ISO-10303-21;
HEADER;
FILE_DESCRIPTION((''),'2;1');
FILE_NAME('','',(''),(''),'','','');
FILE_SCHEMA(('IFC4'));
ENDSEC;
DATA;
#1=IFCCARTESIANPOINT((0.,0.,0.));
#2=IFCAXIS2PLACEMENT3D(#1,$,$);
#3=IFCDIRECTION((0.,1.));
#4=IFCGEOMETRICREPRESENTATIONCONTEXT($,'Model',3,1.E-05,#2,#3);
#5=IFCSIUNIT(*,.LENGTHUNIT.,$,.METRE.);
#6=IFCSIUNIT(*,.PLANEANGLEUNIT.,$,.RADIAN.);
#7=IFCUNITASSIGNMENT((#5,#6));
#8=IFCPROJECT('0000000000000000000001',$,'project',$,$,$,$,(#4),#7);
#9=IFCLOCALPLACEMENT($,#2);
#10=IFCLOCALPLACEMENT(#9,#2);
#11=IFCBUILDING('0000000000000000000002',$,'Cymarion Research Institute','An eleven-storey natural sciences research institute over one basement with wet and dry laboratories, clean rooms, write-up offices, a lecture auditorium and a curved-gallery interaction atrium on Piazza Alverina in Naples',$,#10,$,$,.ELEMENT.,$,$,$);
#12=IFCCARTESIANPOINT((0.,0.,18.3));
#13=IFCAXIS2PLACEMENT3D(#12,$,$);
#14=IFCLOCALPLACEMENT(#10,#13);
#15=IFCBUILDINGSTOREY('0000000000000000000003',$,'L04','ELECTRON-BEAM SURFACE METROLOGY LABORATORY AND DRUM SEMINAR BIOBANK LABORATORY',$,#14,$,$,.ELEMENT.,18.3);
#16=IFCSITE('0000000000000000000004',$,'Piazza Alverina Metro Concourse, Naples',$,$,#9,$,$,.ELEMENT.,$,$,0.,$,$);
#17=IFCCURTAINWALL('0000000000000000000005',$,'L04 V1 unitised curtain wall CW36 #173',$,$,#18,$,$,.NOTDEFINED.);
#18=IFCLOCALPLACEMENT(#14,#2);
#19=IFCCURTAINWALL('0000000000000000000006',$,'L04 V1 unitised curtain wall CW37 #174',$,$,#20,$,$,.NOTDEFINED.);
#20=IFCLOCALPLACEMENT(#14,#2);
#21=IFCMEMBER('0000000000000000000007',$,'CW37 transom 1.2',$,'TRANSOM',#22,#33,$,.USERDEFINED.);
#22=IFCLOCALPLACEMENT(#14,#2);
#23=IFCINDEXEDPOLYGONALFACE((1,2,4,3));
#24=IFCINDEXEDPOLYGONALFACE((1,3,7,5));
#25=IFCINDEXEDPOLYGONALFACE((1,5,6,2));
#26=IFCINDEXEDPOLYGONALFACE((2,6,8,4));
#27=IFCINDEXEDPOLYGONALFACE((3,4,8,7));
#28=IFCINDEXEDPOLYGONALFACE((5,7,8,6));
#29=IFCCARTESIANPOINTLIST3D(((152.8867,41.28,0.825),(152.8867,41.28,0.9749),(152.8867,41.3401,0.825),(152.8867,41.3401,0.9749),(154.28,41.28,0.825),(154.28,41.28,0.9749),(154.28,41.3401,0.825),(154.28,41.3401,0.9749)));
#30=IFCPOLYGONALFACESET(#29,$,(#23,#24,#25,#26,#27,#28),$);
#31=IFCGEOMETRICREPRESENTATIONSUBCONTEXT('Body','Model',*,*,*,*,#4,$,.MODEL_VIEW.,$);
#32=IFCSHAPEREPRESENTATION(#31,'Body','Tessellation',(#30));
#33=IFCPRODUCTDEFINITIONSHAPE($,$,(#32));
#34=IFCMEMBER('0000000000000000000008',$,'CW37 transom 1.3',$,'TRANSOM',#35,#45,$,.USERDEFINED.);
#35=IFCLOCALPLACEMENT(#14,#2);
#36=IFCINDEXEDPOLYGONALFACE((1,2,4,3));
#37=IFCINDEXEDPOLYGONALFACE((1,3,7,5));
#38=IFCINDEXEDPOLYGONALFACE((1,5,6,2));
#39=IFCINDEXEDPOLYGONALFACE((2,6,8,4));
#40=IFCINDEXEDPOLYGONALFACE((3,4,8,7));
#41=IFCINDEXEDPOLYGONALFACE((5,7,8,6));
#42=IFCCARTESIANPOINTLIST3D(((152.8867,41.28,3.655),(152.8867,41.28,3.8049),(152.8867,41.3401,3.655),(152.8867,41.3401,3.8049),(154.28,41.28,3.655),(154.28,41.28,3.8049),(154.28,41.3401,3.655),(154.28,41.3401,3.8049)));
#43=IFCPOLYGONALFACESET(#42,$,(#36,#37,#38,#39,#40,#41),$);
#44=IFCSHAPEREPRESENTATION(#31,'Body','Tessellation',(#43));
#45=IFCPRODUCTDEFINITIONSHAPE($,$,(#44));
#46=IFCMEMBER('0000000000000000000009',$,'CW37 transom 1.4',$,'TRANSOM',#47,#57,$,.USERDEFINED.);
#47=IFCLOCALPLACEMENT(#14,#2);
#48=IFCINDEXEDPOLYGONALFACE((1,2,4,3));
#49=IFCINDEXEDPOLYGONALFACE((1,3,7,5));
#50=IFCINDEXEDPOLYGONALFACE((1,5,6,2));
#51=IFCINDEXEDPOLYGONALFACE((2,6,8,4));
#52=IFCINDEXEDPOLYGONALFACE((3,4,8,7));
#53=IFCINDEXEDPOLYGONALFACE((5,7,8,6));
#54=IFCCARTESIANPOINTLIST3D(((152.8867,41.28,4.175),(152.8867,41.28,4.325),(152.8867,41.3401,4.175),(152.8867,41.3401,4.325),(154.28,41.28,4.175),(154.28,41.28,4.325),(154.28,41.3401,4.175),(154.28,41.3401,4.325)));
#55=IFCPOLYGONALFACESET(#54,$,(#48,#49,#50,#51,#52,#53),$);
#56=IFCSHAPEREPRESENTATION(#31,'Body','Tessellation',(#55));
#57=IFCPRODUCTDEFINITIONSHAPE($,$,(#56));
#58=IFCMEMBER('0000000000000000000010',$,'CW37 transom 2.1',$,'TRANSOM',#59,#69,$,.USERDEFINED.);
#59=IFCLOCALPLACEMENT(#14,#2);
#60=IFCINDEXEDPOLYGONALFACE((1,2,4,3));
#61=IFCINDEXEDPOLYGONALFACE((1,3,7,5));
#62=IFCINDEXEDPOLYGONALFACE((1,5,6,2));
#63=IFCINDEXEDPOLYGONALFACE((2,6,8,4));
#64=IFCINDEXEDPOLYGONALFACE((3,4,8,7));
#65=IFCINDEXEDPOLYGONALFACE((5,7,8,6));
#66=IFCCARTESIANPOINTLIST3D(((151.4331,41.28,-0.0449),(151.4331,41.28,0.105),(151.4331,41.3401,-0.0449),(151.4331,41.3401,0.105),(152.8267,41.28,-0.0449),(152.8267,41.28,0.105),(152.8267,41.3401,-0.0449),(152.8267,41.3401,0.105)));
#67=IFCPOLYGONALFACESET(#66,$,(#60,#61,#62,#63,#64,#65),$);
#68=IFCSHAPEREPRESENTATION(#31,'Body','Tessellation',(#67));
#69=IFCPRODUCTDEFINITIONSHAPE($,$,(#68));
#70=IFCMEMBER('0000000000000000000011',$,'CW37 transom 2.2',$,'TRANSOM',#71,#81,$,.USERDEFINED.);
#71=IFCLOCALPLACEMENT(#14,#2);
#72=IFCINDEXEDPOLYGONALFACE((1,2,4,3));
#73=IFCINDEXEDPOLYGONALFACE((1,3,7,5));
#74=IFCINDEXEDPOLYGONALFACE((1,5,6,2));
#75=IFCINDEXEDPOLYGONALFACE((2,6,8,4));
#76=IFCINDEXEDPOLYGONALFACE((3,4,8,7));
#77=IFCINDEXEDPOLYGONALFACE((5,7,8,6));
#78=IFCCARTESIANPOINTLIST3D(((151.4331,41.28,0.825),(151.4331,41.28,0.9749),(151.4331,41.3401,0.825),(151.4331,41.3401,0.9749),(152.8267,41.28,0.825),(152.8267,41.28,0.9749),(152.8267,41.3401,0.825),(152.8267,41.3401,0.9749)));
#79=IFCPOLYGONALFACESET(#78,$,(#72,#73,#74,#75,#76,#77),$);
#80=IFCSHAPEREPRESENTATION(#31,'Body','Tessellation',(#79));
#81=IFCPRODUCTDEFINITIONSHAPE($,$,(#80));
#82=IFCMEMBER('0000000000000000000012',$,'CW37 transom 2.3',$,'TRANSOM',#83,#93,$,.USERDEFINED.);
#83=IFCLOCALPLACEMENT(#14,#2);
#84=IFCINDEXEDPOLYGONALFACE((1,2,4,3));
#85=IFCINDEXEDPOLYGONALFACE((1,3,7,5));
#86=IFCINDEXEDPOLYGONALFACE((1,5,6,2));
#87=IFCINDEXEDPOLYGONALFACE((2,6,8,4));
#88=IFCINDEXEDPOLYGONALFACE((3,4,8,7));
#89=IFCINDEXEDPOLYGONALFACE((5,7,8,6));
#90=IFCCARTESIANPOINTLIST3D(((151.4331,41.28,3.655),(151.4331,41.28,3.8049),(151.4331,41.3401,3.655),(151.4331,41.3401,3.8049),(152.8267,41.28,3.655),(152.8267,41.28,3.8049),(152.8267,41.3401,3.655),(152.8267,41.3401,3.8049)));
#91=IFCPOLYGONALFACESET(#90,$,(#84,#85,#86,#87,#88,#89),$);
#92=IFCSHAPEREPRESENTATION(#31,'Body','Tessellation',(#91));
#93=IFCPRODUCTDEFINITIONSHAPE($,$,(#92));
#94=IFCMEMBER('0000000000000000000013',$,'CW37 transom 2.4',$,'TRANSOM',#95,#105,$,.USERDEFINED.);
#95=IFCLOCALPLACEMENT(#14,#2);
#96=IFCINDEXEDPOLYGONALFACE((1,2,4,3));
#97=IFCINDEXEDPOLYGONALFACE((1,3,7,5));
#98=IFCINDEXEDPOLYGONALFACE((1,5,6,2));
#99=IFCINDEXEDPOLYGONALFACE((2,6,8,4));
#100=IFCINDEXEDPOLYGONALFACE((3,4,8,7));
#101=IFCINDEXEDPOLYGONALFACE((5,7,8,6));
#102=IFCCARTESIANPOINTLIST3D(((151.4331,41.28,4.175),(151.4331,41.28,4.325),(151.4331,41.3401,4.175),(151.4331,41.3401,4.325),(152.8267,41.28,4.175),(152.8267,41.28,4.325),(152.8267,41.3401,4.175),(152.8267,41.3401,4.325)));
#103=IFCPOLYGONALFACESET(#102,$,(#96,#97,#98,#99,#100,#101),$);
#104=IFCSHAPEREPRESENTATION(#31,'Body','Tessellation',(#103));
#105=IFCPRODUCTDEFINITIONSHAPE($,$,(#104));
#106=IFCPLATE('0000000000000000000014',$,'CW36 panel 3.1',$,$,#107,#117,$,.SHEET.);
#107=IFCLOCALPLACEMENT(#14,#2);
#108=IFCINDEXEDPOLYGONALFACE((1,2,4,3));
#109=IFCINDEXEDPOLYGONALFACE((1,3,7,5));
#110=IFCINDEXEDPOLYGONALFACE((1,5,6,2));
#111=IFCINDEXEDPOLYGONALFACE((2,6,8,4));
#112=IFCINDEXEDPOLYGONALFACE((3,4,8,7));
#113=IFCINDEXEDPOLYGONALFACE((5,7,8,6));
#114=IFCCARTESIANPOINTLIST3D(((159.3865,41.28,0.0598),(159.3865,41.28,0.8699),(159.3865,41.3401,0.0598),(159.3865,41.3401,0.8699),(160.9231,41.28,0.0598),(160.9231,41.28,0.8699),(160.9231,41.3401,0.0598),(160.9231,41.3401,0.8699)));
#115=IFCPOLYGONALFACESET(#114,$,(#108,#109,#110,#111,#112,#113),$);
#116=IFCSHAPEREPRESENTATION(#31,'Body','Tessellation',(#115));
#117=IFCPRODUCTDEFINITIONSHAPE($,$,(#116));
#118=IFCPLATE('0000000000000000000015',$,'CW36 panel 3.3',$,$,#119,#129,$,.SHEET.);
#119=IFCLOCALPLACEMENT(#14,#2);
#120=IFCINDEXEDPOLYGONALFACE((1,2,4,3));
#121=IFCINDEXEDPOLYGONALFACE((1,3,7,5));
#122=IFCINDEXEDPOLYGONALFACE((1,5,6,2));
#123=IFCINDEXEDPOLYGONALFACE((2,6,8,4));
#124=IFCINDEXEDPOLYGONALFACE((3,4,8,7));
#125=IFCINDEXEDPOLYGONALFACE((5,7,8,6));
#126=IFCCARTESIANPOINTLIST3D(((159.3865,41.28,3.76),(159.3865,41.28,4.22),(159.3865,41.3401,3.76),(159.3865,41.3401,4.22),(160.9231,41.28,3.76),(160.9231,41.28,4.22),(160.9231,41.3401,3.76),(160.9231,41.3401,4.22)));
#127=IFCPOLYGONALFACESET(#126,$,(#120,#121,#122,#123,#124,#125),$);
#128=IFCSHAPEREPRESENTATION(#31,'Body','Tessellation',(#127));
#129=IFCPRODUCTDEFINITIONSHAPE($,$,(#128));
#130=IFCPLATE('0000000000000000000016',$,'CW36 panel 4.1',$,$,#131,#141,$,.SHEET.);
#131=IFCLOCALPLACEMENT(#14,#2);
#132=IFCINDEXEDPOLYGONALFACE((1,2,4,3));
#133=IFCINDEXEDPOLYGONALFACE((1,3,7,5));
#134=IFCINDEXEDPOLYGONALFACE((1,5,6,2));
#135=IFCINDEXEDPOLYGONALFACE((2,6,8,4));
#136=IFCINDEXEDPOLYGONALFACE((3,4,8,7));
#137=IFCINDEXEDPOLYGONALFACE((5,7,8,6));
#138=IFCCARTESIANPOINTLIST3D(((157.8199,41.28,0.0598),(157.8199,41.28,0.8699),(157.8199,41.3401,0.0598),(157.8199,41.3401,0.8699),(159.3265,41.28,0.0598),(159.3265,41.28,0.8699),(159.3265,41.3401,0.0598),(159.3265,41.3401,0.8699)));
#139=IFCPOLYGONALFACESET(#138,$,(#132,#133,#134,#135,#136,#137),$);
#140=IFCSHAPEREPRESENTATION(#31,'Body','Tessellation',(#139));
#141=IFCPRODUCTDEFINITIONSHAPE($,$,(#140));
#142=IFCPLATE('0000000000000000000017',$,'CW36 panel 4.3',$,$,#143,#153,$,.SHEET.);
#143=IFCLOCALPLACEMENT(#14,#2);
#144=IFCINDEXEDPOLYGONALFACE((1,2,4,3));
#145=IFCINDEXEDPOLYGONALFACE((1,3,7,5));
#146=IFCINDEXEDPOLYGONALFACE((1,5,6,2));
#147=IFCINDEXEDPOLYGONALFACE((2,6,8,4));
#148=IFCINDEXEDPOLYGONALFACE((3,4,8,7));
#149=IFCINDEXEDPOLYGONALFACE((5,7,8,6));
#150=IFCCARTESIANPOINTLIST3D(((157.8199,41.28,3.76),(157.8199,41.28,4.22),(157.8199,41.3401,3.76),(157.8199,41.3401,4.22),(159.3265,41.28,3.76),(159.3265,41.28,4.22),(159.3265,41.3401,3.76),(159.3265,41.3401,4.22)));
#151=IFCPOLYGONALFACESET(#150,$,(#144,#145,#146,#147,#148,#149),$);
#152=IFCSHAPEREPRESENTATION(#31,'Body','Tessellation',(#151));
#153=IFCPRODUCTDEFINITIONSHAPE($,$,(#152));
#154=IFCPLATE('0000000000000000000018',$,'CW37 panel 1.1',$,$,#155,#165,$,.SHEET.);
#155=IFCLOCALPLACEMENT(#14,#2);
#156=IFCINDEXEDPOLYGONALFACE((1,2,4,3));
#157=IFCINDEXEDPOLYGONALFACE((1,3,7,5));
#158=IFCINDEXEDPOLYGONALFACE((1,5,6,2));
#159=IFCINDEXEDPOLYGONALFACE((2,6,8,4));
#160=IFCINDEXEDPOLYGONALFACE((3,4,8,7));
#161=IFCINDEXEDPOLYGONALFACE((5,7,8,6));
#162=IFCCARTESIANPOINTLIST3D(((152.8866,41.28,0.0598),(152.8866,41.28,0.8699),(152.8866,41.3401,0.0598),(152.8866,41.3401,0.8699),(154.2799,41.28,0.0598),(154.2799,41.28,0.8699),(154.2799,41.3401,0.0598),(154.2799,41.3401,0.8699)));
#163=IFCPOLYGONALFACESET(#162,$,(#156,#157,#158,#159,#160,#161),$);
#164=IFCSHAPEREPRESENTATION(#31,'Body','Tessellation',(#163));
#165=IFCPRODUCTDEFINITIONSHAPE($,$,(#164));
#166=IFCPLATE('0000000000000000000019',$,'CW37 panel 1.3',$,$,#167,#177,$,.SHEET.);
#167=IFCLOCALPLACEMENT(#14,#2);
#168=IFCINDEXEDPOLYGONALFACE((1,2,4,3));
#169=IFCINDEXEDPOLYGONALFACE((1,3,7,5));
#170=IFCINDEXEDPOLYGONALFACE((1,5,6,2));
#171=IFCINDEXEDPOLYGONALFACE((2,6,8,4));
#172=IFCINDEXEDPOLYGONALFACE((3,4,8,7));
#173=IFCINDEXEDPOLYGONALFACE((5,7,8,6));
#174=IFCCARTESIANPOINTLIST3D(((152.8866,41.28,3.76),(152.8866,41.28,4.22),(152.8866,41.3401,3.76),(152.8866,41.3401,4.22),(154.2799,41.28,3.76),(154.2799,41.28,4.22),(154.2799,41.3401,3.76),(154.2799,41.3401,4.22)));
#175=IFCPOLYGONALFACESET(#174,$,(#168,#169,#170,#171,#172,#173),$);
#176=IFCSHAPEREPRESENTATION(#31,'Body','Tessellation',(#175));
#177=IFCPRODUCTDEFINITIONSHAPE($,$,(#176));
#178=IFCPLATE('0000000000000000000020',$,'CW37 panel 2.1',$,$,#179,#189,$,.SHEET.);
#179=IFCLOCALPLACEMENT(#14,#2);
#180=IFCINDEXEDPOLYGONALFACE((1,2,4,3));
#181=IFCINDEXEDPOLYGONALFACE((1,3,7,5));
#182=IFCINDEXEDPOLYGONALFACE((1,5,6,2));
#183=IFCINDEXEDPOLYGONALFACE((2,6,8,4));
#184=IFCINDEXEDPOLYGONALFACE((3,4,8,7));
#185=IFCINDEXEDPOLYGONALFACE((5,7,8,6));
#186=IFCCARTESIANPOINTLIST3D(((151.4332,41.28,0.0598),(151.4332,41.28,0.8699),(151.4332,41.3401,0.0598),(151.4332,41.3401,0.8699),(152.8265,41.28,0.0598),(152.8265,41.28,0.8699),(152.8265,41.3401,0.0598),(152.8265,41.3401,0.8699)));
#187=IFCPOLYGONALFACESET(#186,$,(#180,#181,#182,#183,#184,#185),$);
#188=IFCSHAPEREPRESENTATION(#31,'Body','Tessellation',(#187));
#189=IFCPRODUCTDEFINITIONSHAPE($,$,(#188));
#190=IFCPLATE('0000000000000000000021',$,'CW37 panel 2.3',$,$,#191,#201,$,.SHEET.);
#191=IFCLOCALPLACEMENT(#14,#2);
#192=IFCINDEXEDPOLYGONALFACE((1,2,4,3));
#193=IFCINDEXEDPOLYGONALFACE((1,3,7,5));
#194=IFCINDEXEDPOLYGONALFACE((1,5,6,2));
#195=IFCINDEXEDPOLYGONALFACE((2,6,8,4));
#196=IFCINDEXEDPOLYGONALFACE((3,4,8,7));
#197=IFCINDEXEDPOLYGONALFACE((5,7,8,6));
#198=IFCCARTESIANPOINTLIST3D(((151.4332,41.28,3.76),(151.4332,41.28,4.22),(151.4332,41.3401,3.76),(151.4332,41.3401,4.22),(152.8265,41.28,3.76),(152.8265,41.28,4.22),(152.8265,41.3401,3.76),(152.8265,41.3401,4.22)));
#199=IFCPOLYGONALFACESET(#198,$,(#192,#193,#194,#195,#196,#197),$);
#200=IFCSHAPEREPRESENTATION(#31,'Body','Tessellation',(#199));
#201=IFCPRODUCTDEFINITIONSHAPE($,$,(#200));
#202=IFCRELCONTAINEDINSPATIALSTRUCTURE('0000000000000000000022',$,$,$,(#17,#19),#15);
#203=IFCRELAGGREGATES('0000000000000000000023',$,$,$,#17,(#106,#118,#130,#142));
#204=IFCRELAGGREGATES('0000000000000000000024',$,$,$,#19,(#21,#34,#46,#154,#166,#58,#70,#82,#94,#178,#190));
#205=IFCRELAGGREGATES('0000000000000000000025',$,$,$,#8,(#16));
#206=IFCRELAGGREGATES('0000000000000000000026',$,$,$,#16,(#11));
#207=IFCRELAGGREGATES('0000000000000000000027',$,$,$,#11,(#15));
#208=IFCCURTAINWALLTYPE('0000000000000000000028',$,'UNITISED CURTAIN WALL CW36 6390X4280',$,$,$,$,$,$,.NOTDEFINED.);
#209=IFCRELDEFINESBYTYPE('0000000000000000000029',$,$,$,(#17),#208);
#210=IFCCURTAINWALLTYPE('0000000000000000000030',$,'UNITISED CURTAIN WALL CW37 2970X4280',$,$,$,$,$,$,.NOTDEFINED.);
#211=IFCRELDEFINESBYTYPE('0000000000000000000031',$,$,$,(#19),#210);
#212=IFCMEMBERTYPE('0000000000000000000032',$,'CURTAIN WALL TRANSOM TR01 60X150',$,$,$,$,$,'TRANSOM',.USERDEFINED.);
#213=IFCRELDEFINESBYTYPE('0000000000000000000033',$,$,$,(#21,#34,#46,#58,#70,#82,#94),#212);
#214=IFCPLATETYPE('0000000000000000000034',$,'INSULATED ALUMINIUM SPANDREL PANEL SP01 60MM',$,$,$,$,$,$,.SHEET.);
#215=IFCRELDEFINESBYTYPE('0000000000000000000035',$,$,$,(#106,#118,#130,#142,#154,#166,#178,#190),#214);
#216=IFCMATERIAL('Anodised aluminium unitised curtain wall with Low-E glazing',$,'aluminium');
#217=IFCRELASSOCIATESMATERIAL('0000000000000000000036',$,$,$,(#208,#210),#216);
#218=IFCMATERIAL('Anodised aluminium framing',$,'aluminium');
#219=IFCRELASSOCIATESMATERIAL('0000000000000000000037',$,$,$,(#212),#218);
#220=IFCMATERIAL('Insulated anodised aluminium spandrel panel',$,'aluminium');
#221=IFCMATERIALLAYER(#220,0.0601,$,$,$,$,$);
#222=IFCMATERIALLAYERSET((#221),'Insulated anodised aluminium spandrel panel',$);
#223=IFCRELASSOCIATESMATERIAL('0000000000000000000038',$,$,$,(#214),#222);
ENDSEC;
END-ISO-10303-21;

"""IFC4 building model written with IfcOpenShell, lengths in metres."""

from ifc_helpers import new_model, si_unit, direction, frame, origin, origin_2d, place, context, subcontext, project, spatial, rectangle, extrude, material, layer, layer_set, material_profile, profile_set, type_object, element, aggregate, save


model = new_model("IFC4")

# Units and contexts
model_context = context("Model", 3, precision=1e-05, world=origin(), true_north=direction((0.0, 1.0)))
body_context = subcontext(model_context, "Body", "Model", "MODEL_VIEW")
ifc_project = project(units=[si_unit("LENGTHUNIT", "METRE"), si_unit("PLANEANGLEUNIT", "RADIAN")], contexts=[model_context])

# Site, building, storey
site_placement = place(None, origin())
site = spatial("IfcSite", under=ifc_project, at=site_placement, Name="Piazza Alverina Metro Concourse, Naples", CompositionType="ELEMENT", RefElevation=0.0)
building_placement = place(site_placement, origin())
building = spatial("IfcBuilding", under=site, at=building_placement, Name="Cymarion Research Institute", Description="An eleven-storey natural sciences research institute over one basement with wet and dry laboratories, clean rooms, write-up offices, a lecture auditorium and a curved-gallery interaction atrium on Piazza Alverina in Naples", CompositionType="ELEMENT")
storey_placement = place(building_placement, frame((0.0, 0.0, 18.3)))
storey = spatial("IfcBuildingStorey", under=building, at=storey_placement, Name="L04", Description="ELECTRON-BEAM SURFACE METROLOGY LABORATORY AND DRUM SEMINAR BIOBANK LABORATORY", CompositionType="ELEMENT", Elevation=18.3)

# Curtain walls
ifc_material_1 = material(Name="Anodised aluminium unitised curtain wall with Low-E glazing", Category="aluminium")
curtain_wall_type_1 = type_object("IfcCurtainWallType", Name="UNITISED CURTAIN WALL CW36 6390X4280", PredefinedType="NOTDEFINED", material=ifc_material_1)
curtain_wall_1_placement = place(storey_placement, origin())
curtain_wall_1 = element("IfcCurtainWall", 1, at=curtain_wall_1_placement, inside=storey, type_object=curtain_wall_type_1, Name="L04 V1 unitised curtain wall CW36 #173", PredefinedType="NOTDEFINED")
ifc_material_2 = material(Name="Anodised aluminium framing", Category="aluminium")
curtain_wall_type_2 = type_object("IfcCurtainWallType", Name="UNITISED CURTAIN WALL CW37 2970X4280", PredefinedType="NOTDEFINED", material=ifc_material_1)
curtain_wall_2_placement = place(storey_placement, origin())
curtain_wall_2 = element("IfcCurtainWall", 2, at=curtain_wall_2_placement, inside=storey, type_object=curtain_wall_type_2, Name="L04 V1 unitised curtain wall CW37 #174", PredefinedType="NOTDEFINED")

# Members
ifc_material_profile_1 = material_profile(ifc_material_2, rectangle(XDim=0.0601, YDim=0.1499, at=origin_2d()), Name="ALU TRANSOM 60x150")
ifc_profile_set_1 = profile_set([ifc_material_profile_1], Name="Anodised aluminium framing")
member_type_1 = type_object("IfcMemberType", Name="CURTAIN WALL TRANSOM TR01 60X150", ElementType="TRANSOM", PredefinedType="USERDEFINED", material=ifc_profile_set_1)
member_1_placement = place(storey_placement, frame((154.28, 41.3101, 0.8999), z_axis=(-1.0, 0.0, 0.0), x_axis=(0.0, -1.0, 0.0)))
member_1 = element("IfcMember", 3, at=member_1_placement, type_object=member_type_1, Name="CW37 transom 1.2", ObjectType="TRANSOM", PredefinedType="USERDEFINED", context=body_context, shape_type="SweptSolid", body=[
    extrude(rectangle(XDim=0.0601, YDim=0.1499, at=origin_2d()), origin(), (0.0, 0.0, 1.0), 1.3933),
])
member_2_placement = place(storey_placement, frame((154.28, 41.3101, 3.73), z_axis=(-1.0, 0.0, 0.0), x_axis=(0.0, -1.0, 0.0)))
member_2 = element("IfcMember", 4, at=member_2_placement, type_object=member_type_1, Name="CW37 transom 1.3", ObjectType="TRANSOM", PredefinedType="USERDEFINED", context=body_context, shape_type="SweptSolid", body=[
    extrude(rectangle(XDim=0.0601, YDim=0.1499, at=origin_2d()), origin(), (0.0, 0.0, 1.0), 1.3933),
])
member_3_placement = place(storey_placement, frame((154.28, 41.3101, 4.25), z_axis=(-1.0, 0.0, 0.0), x_axis=(0.0, -1.0, 0.0)))
member_3 = element("IfcMember", 5, at=member_3_placement, type_object=member_type_1, Name="CW37 transom 1.4", ObjectType="TRANSOM", PredefinedType="USERDEFINED", context=body_context, shape_type="SweptSolid", body=[
    extrude(rectangle(XDim=0.0601, YDim=0.1499, at=origin_2d()), origin(), (0.0, 0.0, 1.0), 1.3933),
])
member_4_placement = place(storey_placement, frame((152.8267, 41.3101, 0.03), z_axis=(-1.0, 0.0, 0.0), x_axis=(0.0, -1.0, 0.0)))
member_4 = element("IfcMember", 6, at=member_4_placement, type_object=member_type_1, Name="CW37 transom 2.1", ObjectType="TRANSOM", PredefinedType="USERDEFINED", context=body_context, shape_type="SweptSolid", body=[
    extrude(rectangle(XDim=0.0601, YDim=0.1499, at=origin_2d()), origin(), (0.0, 0.0, 1.0), 1.3936),
])
member_5_placement = place(storey_placement, frame((152.8267, 41.3101, 0.8999), z_axis=(-1.0, 0.0, 0.0), x_axis=(0.0, -1.0, 0.0)))
member_5 = element("IfcMember", 7, at=member_5_placement, type_object=member_type_1, Name="CW37 transom 2.2", ObjectType="TRANSOM", PredefinedType="USERDEFINED", context=body_context, shape_type="SweptSolid", body=[
    extrude(rectangle(XDim=0.0601, YDim=0.1499, at=origin_2d()), origin(), (0.0, 0.0, 1.0), 1.3936),
])
member_6_placement = place(storey_placement, frame((152.8267, 41.3101, 3.73), z_axis=(-1.0, 0.0, 0.0), x_axis=(0.0, -1.0, 0.0)))
member_6 = element("IfcMember", 8, at=member_6_placement, type_object=member_type_1, Name="CW37 transom 2.3", ObjectType="TRANSOM", PredefinedType="USERDEFINED", context=body_context, shape_type="SweptSolid", body=[
    extrude(rectangle(XDim=0.0601, YDim=0.1499, at=origin_2d()), origin(), (0.0, 0.0, 1.0), 1.3936),
])
member_7_placement = place(storey_placement, frame((152.8267, 41.3101, 4.25), z_axis=(-1.0, 0.0, 0.0), x_axis=(0.0, -1.0, 0.0)))
member_7 = element("IfcMember", 9, at=member_7_placement, type_object=member_type_1, Name="CW37 transom 2.4", ObjectType="TRANSOM", PredefinedType="USERDEFINED", context=body_context, shape_type="SweptSolid", body=[
    extrude(rectangle(XDim=0.0601, YDim=0.1499, at=origin_2d()), origin(), (0.0, 0.0, 1.0), 1.3936),
])

# Plates
ifc_material_3 = material(Name="Insulated anodised aluminium spandrel panel", Category="aluminium")
ifc_layer_1 = layer(ifc_material_3, 0.0601)
ifc_layer_set_1 = layer_set([ifc_layer_1], Name="Insulated anodised aluminium spandrel panel")
plate_type_1 = type_object("IfcPlateType", Name="INSULATED ALUMINIUM SPANDREL PANEL SP01 60MM", PredefinedType="SHEET", material=ifc_layer_set_1)
plate_1_placement = place(storey_placement, frame((160.1548, 41.3101, 0.0598), z_axis=(0.0, 0.0, 1.0), x_axis=(-1.0, 0.0, 0.0)))
plate_1 = element("IfcPlate", 10, at=plate_1_placement, type_object=plate_type_1, Name="CW36 panel 3.1", PredefinedType="SHEET", context=body_context, shape_type="SweptSolid", body=[
    extrude(rectangle(XDim=1.5366, YDim=0.0601, at=origin_2d()), origin(), (0.0, 0.0, 1.0), 0.8101),
])
plate_2_placement = place(storey_placement, frame((160.1548, 41.3101, 3.76), z_axis=(0.0, 0.0, 1.0), x_axis=(-1.0, 0.0, 0.0)))
plate_2 = element("IfcPlate", 11, at=plate_2_placement, type_object=plate_type_1, Name="CW36 panel 3.3", PredefinedType="SHEET", context=body_context, shape_type="SweptSolid", body=[
    extrude(rectangle(XDim=1.5366, YDim=0.0601, at=origin_2d()), origin(), (0.0, 0.0, 1.0), 0.46),
])
plate_3_placement = place(storey_placement, frame((158.5732, 41.3101, 0.0598), z_axis=(0.0, 0.0, 1.0), x_axis=(-1.0, 0.0, 0.0)))
plate_3 = element("IfcPlate", 12, at=plate_3_placement, type_object=plate_type_1, Name="CW36 panel 4.1", PredefinedType="SHEET", context=body_context, shape_type="SweptSolid", body=[
    extrude(rectangle(XDim=1.5066, YDim=0.0601, at=origin_2d()), origin(), (0.0, 0.0, 1.0), 0.8101),
])
plate_4_placement = place(storey_placement, frame((158.5732, 41.3101, 3.76), z_axis=(0.0, 0.0, 1.0), x_axis=(-1.0, 0.0, 0.0)))
plate_4 = element("IfcPlate", 13, at=plate_4_placement, type_object=plate_type_1, Name="CW36 panel 4.3", PredefinedType="SHEET", context=body_context, shape_type="SweptSolid", body=[
    extrude(rectangle(XDim=1.5066, YDim=0.0601, at=origin_2d()), origin(), (0.0, 0.0, 1.0), 0.46),
])
plate_5_placement = place(storey_placement, frame((153.5833, 41.3101, 0.0598), z_axis=(0.0, 0.0, 1.0), x_axis=(-1.0, 0.0, 0.0)))
plate_5 = element("IfcPlate", 14, at=plate_5_placement, type_object=plate_type_1, Name="CW37 panel 1.1", PredefinedType="SHEET", context=body_context, shape_type="SweptSolid", body=[
    extrude(rectangle(XDim=1.3933, YDim=0.0601, at=origin_2d()), origin(), (0.0, 0.0, 1.0), 0.8101),
])
plate_6_placement = place(storey_placement, frame((153.5833, 41.3101, 3.76), z_axis=(0.0, 0.0, 1.0), x_axis=(-1.0, 0.0, 0.0)))
plate_6 = element("IfcPlate", 15, at=plate_6_placement, type_object=plate_type_1, Name="CW37 panel 1.3", PredefinedType="SHEET", context=body_context, shape_type="SweptSolid", body=[
    extrude(rectangle(XDim=1.3933, YDim=0.0601, at=origin_2d()), origin(), (0.0, 0.0, 1.0), 0.46),
])
plate_7_placement = place(storey_placement, frame((152.1299, 41.3101, 0.0598), z_axis=(0.0, 0.0, 1.0), x_axis=(-1.0, 0.0, 0.0)))
plate_7 = element("IfcPlate", 16, at=plate_7_placement, type_object=plate_type_1, Name="CW37 panel 2.1", PredefinedType="SHEET", context=body_context, shape_type="SweptSolid", body=[
    extrude(rectangle(XDim=1.3933, YDim=0.0601, at=origin_2d()), origin(), (0.0, 0.0, 1.0), 0.8101),
])
plate_8_placement = place(storey_placement, frame((152.1299, 41.3101, 3.76), z_axis=(0.0, 0.0, 1.0), x_axis=(-1.0, 0.0, 0.0)))
plate_8 = element("IfcPlate", 17, at=plate_8_placement, type_object=plate_type_1, Name="CW37 panel 2.3", PredefinedType="SHEET", context=body_context, shape_type="SweptSolid", body=[
    extrude(rectangle(XDim=1.3933, YDim=0.0601, at=origin_2d()), origin(), (0.0, 0.0, 1.0), 0.46),
])
aggregate(curtain_wall_1, [plate_1, plate_2, plate_3, plate_4])
aggregate(curtain_wall_2, [member_1, member_2, member_3, plate_5, plate_6, member_4, member_5, member_6, member_7, plate_7, plate_8])

save(model, "model.ifc")
